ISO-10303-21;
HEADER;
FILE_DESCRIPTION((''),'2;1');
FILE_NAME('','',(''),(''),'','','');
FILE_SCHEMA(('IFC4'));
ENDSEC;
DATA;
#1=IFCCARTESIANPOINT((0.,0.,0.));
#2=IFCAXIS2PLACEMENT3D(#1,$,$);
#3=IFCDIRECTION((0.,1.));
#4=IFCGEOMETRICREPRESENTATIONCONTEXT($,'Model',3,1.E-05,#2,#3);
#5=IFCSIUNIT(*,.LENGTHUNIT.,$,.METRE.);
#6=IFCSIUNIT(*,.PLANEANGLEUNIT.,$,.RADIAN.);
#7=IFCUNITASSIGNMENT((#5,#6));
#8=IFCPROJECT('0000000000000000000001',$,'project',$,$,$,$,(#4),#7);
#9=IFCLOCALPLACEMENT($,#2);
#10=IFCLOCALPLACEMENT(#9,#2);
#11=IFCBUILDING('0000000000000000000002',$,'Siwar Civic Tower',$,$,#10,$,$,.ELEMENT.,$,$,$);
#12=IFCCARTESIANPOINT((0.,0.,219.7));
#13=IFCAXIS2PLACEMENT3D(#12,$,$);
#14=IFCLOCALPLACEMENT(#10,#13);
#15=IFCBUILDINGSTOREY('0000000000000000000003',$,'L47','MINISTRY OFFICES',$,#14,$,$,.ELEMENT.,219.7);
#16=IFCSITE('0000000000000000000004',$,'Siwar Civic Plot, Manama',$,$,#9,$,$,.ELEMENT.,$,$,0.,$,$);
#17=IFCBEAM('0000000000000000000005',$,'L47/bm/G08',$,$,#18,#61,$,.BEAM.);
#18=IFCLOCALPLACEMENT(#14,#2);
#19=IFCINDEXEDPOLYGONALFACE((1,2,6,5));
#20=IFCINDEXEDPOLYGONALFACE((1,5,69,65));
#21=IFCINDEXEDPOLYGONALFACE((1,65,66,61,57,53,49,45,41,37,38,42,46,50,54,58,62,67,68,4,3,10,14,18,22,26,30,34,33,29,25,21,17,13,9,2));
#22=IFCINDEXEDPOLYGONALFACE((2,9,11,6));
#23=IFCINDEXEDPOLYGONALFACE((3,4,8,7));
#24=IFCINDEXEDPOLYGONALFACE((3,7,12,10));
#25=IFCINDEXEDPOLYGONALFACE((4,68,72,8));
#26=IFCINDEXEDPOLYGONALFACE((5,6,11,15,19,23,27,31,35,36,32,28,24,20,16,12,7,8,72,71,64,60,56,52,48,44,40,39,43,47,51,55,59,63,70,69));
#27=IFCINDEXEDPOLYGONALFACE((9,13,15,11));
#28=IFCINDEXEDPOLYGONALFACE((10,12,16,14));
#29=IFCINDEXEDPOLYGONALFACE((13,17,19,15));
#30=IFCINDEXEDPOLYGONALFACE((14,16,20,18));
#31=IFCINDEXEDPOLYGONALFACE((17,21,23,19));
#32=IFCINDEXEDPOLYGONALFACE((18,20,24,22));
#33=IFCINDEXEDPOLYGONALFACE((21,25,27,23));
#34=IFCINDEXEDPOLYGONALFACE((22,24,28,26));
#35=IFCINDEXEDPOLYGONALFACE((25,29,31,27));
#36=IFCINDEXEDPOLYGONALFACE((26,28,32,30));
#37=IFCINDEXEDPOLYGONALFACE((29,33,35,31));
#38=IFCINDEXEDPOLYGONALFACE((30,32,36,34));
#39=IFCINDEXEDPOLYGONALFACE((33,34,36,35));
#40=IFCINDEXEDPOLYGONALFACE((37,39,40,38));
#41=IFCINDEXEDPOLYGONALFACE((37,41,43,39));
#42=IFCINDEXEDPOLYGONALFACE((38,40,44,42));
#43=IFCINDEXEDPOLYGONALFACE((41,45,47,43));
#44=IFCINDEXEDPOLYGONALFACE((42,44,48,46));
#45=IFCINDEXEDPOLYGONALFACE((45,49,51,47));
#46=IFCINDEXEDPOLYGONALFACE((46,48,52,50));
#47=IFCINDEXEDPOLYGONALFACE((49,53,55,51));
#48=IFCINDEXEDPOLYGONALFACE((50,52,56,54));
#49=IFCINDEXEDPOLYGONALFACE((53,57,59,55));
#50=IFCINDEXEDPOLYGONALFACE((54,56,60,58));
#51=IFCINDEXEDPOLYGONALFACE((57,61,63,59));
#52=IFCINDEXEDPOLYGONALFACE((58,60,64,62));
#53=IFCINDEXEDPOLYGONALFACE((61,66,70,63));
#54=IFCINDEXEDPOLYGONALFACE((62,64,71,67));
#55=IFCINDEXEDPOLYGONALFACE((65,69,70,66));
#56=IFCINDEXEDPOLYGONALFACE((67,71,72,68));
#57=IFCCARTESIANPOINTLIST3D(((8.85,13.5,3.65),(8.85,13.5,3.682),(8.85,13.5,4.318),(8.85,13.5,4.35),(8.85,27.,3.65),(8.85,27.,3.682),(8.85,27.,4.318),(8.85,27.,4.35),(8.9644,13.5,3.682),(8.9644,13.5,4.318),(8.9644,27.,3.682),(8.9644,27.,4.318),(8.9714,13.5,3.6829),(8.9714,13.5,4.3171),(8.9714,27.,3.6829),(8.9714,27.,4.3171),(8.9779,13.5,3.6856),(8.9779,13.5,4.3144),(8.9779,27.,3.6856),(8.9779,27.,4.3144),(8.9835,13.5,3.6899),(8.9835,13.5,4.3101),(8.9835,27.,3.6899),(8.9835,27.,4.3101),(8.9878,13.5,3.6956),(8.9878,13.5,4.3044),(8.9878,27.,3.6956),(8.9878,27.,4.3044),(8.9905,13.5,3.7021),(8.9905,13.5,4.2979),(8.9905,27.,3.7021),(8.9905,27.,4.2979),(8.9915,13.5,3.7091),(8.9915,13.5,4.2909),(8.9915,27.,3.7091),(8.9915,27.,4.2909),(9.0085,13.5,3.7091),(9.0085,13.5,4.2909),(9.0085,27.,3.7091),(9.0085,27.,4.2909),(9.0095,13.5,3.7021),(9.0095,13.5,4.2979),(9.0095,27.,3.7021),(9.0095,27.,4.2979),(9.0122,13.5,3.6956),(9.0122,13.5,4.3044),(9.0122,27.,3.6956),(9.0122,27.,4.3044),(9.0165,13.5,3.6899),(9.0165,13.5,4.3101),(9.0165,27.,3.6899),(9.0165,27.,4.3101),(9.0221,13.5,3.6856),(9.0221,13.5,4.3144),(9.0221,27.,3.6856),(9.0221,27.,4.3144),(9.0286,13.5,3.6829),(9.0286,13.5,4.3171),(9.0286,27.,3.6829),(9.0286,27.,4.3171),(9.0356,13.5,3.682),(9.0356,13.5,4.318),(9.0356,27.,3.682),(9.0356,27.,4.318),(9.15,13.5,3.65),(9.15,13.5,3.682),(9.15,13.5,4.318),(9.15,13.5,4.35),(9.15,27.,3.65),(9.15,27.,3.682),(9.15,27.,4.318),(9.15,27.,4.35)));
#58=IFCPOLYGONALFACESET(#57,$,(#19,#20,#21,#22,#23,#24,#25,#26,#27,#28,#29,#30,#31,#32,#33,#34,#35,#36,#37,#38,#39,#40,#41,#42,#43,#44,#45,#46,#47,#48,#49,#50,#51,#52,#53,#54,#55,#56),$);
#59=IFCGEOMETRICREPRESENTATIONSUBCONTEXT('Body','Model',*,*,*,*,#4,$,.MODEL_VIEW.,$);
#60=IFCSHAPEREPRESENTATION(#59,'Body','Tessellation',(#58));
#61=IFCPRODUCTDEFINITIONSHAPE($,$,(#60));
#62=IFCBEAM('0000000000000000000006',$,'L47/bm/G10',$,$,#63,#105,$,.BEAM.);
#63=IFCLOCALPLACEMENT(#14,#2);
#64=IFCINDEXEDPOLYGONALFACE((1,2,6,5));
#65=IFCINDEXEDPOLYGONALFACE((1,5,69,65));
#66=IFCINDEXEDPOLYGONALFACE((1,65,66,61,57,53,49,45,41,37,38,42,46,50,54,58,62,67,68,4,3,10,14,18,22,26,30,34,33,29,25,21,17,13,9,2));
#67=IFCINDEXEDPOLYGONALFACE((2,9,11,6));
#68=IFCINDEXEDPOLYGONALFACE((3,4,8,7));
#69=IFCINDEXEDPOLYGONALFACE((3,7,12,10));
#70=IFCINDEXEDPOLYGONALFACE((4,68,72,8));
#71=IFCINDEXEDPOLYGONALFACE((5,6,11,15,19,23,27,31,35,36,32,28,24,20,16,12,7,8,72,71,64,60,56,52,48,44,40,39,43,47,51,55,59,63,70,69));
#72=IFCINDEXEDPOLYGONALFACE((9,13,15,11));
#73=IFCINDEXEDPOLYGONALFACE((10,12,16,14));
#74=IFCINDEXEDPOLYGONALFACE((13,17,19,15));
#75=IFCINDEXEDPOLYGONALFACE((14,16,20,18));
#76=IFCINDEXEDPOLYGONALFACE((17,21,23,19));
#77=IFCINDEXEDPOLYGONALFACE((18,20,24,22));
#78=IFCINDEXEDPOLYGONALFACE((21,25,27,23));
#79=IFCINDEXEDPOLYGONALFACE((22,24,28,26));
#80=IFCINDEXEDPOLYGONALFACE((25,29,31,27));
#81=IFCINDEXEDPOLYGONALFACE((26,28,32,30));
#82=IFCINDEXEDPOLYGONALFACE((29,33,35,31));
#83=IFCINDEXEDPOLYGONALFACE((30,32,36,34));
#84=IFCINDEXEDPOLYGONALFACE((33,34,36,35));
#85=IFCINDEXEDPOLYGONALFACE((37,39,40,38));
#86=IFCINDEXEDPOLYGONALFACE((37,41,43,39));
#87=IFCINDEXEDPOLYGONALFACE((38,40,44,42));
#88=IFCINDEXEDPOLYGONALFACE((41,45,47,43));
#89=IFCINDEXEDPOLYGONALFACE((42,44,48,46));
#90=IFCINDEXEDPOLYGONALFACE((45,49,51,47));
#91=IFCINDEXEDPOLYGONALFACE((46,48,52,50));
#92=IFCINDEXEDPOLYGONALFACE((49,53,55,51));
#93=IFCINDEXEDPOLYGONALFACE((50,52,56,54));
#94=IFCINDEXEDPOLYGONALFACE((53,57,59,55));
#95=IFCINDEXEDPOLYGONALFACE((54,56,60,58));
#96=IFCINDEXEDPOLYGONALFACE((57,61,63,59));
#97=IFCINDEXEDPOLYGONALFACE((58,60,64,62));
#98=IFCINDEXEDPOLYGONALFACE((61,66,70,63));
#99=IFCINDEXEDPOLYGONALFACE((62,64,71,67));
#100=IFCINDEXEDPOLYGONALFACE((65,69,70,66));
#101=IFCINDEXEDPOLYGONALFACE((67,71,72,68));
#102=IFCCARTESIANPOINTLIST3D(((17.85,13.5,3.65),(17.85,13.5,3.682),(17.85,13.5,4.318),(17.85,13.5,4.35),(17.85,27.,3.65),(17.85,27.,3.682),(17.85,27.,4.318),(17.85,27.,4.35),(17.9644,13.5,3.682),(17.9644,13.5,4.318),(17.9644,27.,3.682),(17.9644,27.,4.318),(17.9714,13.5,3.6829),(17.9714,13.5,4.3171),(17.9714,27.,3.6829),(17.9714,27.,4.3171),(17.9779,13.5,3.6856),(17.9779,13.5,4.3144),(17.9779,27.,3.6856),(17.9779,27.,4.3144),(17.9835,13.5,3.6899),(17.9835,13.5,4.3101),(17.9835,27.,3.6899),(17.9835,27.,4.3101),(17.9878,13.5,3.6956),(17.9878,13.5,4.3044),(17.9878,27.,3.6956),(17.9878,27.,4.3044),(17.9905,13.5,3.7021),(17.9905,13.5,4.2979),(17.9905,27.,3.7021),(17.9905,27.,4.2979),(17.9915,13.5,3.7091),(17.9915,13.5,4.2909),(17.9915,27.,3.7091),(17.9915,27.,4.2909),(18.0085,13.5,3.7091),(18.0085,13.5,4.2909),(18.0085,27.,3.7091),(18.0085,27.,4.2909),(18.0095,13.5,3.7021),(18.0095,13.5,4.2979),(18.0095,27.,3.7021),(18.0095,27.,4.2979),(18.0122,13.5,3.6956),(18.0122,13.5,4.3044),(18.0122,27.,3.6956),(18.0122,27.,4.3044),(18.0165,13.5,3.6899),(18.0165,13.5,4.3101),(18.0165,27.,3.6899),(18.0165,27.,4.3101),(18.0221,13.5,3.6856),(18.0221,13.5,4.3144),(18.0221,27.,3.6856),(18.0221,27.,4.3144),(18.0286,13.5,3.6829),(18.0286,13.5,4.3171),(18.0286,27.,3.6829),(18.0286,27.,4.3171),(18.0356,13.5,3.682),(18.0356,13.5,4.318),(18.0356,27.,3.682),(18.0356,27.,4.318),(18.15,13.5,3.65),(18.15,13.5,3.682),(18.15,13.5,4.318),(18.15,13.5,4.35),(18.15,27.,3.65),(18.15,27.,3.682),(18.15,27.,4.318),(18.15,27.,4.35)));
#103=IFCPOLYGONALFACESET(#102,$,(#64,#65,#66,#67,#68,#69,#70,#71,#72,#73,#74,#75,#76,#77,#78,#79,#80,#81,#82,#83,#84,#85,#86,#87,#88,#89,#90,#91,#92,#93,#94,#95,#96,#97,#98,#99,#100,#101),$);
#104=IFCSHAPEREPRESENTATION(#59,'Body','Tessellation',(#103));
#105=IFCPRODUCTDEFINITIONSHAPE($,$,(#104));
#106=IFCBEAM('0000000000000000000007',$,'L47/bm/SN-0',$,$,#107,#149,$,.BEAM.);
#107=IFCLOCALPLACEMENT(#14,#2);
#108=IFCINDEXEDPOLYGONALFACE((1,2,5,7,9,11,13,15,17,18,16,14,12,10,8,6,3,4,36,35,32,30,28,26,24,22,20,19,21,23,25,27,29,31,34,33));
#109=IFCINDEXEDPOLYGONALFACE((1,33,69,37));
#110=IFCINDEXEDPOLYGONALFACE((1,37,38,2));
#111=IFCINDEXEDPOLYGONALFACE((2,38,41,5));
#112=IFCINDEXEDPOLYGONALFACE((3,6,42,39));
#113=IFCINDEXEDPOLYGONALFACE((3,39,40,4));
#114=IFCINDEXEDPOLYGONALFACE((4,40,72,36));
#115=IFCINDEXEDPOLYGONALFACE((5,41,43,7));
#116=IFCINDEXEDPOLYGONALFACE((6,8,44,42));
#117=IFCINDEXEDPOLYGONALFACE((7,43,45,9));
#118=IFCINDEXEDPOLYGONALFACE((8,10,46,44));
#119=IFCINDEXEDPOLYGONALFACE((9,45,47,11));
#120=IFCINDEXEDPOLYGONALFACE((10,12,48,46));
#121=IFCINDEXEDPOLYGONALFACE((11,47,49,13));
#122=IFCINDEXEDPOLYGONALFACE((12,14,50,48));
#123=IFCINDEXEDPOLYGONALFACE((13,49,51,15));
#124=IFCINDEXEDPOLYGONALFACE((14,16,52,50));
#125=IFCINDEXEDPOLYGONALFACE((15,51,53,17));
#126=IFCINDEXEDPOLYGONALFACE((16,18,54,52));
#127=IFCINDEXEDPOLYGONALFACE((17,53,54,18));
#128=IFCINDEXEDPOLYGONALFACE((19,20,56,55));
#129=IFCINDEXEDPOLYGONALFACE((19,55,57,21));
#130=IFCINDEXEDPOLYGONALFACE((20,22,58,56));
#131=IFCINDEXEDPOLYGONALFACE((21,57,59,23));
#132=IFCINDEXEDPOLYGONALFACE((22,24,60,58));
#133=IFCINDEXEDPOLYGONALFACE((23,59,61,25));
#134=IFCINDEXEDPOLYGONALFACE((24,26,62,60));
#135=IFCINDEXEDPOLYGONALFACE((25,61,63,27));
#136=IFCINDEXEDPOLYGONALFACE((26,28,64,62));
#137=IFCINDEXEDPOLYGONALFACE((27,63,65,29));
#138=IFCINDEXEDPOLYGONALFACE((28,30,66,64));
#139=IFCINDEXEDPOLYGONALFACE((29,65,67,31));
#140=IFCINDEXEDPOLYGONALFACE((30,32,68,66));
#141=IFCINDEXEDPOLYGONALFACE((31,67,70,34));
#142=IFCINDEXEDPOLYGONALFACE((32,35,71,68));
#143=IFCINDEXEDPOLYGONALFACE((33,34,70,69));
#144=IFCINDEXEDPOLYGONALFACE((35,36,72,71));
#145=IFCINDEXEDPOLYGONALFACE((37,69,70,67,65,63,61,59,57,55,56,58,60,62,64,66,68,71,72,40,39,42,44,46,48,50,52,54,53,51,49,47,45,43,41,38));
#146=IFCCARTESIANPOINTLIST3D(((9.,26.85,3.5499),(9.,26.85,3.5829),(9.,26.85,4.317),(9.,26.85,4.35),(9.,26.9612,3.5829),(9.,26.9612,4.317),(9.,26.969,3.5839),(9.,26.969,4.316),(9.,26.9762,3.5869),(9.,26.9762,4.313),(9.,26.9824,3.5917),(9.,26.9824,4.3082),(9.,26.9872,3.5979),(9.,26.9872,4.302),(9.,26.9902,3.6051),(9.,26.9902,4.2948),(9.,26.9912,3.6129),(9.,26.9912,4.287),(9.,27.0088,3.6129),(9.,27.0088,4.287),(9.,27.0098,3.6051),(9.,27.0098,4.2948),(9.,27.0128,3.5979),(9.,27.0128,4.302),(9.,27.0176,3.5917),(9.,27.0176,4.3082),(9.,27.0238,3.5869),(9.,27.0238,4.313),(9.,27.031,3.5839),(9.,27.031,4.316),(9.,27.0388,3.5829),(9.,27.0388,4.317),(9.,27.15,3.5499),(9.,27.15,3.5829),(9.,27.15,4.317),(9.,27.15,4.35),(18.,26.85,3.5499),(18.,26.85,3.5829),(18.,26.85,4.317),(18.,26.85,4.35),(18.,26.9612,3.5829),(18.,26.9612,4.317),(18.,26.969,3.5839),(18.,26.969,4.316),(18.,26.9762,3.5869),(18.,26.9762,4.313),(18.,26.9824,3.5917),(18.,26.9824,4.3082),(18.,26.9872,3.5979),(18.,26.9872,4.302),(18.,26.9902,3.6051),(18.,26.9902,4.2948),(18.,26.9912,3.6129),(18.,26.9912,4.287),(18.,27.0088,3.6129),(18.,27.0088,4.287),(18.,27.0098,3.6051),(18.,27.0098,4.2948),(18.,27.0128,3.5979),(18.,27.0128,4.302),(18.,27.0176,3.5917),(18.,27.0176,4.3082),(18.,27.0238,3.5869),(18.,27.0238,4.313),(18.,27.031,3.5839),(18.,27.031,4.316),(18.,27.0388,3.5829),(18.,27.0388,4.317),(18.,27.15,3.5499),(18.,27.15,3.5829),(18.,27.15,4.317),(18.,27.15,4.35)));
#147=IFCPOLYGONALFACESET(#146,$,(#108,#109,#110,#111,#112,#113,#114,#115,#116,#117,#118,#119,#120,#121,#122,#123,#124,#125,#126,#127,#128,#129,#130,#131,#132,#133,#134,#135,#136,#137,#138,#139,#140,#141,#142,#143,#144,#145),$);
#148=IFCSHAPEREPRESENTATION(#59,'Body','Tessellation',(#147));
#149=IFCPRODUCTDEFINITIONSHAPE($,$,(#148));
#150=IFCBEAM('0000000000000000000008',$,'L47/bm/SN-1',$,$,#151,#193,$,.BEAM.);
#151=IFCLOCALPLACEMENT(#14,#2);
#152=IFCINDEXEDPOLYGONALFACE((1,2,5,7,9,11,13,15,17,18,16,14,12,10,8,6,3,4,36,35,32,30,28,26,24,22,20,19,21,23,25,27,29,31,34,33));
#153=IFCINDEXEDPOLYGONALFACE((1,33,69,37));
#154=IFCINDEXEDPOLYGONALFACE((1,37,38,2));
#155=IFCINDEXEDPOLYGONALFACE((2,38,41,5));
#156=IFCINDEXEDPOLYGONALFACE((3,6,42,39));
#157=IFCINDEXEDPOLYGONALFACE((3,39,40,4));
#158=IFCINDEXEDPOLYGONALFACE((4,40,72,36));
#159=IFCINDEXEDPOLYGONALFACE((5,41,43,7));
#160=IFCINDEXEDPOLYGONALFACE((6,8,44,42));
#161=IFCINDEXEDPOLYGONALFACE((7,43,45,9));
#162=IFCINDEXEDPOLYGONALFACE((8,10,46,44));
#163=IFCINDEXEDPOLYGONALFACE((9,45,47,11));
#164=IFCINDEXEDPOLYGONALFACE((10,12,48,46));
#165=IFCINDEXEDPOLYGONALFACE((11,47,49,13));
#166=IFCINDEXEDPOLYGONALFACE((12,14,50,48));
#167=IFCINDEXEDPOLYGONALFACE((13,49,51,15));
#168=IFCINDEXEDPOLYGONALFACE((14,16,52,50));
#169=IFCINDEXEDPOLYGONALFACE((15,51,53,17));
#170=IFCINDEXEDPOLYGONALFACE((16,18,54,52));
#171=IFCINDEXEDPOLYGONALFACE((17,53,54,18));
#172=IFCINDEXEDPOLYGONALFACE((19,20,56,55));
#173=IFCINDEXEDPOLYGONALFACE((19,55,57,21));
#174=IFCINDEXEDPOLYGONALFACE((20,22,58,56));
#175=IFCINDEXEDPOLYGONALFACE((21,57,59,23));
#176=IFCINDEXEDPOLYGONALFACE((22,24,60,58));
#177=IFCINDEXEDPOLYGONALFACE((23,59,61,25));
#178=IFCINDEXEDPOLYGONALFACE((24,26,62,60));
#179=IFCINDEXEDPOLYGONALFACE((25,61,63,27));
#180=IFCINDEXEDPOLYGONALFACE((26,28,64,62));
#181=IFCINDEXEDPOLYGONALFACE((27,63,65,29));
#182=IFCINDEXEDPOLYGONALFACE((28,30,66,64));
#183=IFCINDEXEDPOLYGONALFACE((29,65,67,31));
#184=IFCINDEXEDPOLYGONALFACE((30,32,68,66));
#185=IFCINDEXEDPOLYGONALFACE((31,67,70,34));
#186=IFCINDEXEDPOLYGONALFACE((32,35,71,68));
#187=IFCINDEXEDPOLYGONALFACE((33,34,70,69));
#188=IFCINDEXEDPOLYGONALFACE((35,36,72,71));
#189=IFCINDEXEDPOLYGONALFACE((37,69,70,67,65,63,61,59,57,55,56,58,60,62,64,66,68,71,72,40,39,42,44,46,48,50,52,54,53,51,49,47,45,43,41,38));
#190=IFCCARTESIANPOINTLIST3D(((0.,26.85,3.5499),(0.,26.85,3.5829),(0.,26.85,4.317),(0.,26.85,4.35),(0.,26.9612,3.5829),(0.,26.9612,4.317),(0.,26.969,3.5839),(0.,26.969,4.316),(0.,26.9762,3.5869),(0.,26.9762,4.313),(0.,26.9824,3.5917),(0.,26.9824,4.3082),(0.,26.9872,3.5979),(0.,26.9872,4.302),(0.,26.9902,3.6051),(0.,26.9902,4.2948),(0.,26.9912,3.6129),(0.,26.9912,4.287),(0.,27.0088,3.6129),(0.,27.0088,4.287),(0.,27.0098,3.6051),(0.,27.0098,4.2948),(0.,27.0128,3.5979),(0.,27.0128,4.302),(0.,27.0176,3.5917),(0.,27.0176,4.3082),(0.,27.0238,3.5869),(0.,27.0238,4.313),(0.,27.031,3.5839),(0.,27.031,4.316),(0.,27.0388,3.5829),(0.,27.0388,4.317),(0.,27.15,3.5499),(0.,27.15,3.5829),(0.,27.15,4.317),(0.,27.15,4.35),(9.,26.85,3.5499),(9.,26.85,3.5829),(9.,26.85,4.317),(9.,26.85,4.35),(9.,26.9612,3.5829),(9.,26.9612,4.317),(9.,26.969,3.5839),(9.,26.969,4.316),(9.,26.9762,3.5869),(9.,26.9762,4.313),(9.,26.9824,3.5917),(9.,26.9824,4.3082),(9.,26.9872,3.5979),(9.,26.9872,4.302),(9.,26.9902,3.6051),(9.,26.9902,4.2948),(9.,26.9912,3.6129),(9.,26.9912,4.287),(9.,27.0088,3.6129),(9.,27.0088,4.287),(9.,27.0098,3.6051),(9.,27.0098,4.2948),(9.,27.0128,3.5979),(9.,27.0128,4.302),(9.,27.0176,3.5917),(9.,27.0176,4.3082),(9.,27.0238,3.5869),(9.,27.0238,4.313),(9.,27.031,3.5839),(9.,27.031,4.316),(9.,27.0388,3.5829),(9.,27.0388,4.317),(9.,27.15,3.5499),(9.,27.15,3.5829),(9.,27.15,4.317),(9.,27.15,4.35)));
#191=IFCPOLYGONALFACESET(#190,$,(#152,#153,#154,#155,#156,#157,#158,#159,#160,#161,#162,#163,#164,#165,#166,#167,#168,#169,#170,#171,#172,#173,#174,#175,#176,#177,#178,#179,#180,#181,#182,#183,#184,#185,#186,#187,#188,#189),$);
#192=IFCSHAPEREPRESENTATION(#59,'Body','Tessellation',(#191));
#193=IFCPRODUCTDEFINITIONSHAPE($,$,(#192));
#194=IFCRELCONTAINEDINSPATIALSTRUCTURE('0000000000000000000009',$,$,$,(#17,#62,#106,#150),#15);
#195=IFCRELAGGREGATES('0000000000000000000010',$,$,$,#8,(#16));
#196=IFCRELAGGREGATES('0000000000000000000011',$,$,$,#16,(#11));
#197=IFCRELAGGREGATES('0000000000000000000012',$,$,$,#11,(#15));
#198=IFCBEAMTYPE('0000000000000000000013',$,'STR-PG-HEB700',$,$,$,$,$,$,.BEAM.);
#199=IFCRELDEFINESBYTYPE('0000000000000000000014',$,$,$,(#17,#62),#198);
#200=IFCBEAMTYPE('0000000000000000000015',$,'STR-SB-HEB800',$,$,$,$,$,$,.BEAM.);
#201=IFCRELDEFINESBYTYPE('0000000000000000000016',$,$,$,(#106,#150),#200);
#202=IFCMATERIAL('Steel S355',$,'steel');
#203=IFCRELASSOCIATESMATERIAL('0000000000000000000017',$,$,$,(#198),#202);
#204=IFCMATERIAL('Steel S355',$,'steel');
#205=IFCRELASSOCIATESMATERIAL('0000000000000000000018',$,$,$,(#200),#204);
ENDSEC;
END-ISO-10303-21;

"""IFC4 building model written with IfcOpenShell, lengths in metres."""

from ifc_helpers import new_model, si_unit, direction, frame, origin, origin_2d, place, context, subcontext, project, spatial, i_section, extrude, material, material_profile, profile_set, type_object, element, save


model = new_model("IFC4")

# Units and contexts
model_context = context("Model", 3, precision=1e-05, world=origin(), true_north=direction((0.0, 1.0)))
body_context = subcontext(model_context, "Body", "Model", "MODEL_VIEW")
ifc_project = project(units=[si_unit("LENGTHUNIT", "METRE"), si_unit("PLANEANGLEUNIT", "RADIAN")], contexts=[model_context])

# Site, building, storey
site_placement = place(None, origin())
site = spatial("IfcSite", under=ifc_project, at=site_placement, Name="Siwar Civic Plot, Manama", CompositionType="ELEMENT", RefElevation=0.0)
building_placement = place(site_placement, origin())
building = spatial("IfcBuilding", under=site, at=building_placement, Name="Siwar Civic Tower", CompositionType="ELEMENT")
storey_placement = place(building_placement, frame((0.0, 0.0, 219.7)))
storey = spatial("IfcBuildingStorey", under=building, at=storey_placement, Name="L47", Description="MINISTRY OFFICES", CompositionType="ELEMENT", Elevation=219.7)

# Beams
ifc_material_1 = material(Name="Steel S355", Category="steel")
ifc_material_profile_1 = material_profile(ifc_material_1, i_section(OverallWidth=0.3, OverallDepth=0.7, WebThickness=0.0171, FlangeThickness=0.032, FilletRadius=0.0271, at=origin_2d()), Name="HEB700")
ifc_profile_set_1 = profile_set([ifc_material_profile_1], Name="Steel S355")
beam_type_1 = type_object("IfcBeamType", Name="STR-PG-HEB700", PredefinedType="BEAM", material=ifc_profile_set_1)
for number, where, z_axis, x_axis, name in (
    (1, (9.0, 13.5, 4.0), (0.0, 1.0, 0.0), (-1.0, 0.0, 0.0), "L47/bm/G08"),
    (2, (18.0, 13.5, 4.0), (0.0, 1.0, 0.0), (-1.0, 0.0, 0.0), "L47/bm/G10"),
):
    element("IfcBeam", number, at=place(storey_placement, frame(where, z_axis=z_axis, x_axis=x_axis)), inside=storey, type_object=beam_type_1, Name=name, PredefinedType="BEAM", context=body_context, shape_type="SweptSolid", body=[
        extrude(i_section(OverallWidth=0.3, OverallDepth=0.7, WebThickness=0.0171, FlangeThickness=0.032, FilletRadius=0.0271, at=origin_2d()), origin(), (0.0, 0.0, 1.0), 13.5),
    ])
ifc_material_2 = material(Name="Steel S355", Category="steel")
ifc_material_profile_2 = material_profile(ifc_material_2, i_section(OverallWidth=0.3, OverallDepth=0.8, WebThickness=0.0176, FlangeThickness=0.033, FilletRadius=0.03, at=origin_2d()), Name="HEB800")
ifc_profile_set_2 = profile_set([ifc_material_profile_2], Name="Steel S355")
beam_type_2 = type_object("IfcBeamType", Name="STR-SB-HEB800", PredefinedType="BEAM", material=ifc_profile_set_2)
for number, where, z_axis, x_axis, name in (
    (3, (18.0, 27.0, 3.95), (-1.0, 0.0, 0.0), (0.0, -1.0, 0.0), "L47/bm/SN-0"),
    (4, (9.0, 27.0, 3.95), (-1.0, 0.0, 0.0), (0.0, -1.0, 0.0), "L47/bm/SN-1"),
):
    element("IfcBeam", number, at=place(storey_placement, frame(where, z_axis=z_axis, x_axis=x_axis)), inside=storey, type_object=beam_type_2, Name=name, PredefinedType="BEAM", context=body_context, shape_type="SweptSolid", body=[
        extrude(i_section(OverallWidth=0.3, OverallDepth=0.8, WebThickness=0.0176, FlangeThickness=0.033, FilletRadius=0.03, at=origin_2d()), origin(), (0.0, 0.0, 1.0), 9.0),
    ])

save(model, "model.ifc")
